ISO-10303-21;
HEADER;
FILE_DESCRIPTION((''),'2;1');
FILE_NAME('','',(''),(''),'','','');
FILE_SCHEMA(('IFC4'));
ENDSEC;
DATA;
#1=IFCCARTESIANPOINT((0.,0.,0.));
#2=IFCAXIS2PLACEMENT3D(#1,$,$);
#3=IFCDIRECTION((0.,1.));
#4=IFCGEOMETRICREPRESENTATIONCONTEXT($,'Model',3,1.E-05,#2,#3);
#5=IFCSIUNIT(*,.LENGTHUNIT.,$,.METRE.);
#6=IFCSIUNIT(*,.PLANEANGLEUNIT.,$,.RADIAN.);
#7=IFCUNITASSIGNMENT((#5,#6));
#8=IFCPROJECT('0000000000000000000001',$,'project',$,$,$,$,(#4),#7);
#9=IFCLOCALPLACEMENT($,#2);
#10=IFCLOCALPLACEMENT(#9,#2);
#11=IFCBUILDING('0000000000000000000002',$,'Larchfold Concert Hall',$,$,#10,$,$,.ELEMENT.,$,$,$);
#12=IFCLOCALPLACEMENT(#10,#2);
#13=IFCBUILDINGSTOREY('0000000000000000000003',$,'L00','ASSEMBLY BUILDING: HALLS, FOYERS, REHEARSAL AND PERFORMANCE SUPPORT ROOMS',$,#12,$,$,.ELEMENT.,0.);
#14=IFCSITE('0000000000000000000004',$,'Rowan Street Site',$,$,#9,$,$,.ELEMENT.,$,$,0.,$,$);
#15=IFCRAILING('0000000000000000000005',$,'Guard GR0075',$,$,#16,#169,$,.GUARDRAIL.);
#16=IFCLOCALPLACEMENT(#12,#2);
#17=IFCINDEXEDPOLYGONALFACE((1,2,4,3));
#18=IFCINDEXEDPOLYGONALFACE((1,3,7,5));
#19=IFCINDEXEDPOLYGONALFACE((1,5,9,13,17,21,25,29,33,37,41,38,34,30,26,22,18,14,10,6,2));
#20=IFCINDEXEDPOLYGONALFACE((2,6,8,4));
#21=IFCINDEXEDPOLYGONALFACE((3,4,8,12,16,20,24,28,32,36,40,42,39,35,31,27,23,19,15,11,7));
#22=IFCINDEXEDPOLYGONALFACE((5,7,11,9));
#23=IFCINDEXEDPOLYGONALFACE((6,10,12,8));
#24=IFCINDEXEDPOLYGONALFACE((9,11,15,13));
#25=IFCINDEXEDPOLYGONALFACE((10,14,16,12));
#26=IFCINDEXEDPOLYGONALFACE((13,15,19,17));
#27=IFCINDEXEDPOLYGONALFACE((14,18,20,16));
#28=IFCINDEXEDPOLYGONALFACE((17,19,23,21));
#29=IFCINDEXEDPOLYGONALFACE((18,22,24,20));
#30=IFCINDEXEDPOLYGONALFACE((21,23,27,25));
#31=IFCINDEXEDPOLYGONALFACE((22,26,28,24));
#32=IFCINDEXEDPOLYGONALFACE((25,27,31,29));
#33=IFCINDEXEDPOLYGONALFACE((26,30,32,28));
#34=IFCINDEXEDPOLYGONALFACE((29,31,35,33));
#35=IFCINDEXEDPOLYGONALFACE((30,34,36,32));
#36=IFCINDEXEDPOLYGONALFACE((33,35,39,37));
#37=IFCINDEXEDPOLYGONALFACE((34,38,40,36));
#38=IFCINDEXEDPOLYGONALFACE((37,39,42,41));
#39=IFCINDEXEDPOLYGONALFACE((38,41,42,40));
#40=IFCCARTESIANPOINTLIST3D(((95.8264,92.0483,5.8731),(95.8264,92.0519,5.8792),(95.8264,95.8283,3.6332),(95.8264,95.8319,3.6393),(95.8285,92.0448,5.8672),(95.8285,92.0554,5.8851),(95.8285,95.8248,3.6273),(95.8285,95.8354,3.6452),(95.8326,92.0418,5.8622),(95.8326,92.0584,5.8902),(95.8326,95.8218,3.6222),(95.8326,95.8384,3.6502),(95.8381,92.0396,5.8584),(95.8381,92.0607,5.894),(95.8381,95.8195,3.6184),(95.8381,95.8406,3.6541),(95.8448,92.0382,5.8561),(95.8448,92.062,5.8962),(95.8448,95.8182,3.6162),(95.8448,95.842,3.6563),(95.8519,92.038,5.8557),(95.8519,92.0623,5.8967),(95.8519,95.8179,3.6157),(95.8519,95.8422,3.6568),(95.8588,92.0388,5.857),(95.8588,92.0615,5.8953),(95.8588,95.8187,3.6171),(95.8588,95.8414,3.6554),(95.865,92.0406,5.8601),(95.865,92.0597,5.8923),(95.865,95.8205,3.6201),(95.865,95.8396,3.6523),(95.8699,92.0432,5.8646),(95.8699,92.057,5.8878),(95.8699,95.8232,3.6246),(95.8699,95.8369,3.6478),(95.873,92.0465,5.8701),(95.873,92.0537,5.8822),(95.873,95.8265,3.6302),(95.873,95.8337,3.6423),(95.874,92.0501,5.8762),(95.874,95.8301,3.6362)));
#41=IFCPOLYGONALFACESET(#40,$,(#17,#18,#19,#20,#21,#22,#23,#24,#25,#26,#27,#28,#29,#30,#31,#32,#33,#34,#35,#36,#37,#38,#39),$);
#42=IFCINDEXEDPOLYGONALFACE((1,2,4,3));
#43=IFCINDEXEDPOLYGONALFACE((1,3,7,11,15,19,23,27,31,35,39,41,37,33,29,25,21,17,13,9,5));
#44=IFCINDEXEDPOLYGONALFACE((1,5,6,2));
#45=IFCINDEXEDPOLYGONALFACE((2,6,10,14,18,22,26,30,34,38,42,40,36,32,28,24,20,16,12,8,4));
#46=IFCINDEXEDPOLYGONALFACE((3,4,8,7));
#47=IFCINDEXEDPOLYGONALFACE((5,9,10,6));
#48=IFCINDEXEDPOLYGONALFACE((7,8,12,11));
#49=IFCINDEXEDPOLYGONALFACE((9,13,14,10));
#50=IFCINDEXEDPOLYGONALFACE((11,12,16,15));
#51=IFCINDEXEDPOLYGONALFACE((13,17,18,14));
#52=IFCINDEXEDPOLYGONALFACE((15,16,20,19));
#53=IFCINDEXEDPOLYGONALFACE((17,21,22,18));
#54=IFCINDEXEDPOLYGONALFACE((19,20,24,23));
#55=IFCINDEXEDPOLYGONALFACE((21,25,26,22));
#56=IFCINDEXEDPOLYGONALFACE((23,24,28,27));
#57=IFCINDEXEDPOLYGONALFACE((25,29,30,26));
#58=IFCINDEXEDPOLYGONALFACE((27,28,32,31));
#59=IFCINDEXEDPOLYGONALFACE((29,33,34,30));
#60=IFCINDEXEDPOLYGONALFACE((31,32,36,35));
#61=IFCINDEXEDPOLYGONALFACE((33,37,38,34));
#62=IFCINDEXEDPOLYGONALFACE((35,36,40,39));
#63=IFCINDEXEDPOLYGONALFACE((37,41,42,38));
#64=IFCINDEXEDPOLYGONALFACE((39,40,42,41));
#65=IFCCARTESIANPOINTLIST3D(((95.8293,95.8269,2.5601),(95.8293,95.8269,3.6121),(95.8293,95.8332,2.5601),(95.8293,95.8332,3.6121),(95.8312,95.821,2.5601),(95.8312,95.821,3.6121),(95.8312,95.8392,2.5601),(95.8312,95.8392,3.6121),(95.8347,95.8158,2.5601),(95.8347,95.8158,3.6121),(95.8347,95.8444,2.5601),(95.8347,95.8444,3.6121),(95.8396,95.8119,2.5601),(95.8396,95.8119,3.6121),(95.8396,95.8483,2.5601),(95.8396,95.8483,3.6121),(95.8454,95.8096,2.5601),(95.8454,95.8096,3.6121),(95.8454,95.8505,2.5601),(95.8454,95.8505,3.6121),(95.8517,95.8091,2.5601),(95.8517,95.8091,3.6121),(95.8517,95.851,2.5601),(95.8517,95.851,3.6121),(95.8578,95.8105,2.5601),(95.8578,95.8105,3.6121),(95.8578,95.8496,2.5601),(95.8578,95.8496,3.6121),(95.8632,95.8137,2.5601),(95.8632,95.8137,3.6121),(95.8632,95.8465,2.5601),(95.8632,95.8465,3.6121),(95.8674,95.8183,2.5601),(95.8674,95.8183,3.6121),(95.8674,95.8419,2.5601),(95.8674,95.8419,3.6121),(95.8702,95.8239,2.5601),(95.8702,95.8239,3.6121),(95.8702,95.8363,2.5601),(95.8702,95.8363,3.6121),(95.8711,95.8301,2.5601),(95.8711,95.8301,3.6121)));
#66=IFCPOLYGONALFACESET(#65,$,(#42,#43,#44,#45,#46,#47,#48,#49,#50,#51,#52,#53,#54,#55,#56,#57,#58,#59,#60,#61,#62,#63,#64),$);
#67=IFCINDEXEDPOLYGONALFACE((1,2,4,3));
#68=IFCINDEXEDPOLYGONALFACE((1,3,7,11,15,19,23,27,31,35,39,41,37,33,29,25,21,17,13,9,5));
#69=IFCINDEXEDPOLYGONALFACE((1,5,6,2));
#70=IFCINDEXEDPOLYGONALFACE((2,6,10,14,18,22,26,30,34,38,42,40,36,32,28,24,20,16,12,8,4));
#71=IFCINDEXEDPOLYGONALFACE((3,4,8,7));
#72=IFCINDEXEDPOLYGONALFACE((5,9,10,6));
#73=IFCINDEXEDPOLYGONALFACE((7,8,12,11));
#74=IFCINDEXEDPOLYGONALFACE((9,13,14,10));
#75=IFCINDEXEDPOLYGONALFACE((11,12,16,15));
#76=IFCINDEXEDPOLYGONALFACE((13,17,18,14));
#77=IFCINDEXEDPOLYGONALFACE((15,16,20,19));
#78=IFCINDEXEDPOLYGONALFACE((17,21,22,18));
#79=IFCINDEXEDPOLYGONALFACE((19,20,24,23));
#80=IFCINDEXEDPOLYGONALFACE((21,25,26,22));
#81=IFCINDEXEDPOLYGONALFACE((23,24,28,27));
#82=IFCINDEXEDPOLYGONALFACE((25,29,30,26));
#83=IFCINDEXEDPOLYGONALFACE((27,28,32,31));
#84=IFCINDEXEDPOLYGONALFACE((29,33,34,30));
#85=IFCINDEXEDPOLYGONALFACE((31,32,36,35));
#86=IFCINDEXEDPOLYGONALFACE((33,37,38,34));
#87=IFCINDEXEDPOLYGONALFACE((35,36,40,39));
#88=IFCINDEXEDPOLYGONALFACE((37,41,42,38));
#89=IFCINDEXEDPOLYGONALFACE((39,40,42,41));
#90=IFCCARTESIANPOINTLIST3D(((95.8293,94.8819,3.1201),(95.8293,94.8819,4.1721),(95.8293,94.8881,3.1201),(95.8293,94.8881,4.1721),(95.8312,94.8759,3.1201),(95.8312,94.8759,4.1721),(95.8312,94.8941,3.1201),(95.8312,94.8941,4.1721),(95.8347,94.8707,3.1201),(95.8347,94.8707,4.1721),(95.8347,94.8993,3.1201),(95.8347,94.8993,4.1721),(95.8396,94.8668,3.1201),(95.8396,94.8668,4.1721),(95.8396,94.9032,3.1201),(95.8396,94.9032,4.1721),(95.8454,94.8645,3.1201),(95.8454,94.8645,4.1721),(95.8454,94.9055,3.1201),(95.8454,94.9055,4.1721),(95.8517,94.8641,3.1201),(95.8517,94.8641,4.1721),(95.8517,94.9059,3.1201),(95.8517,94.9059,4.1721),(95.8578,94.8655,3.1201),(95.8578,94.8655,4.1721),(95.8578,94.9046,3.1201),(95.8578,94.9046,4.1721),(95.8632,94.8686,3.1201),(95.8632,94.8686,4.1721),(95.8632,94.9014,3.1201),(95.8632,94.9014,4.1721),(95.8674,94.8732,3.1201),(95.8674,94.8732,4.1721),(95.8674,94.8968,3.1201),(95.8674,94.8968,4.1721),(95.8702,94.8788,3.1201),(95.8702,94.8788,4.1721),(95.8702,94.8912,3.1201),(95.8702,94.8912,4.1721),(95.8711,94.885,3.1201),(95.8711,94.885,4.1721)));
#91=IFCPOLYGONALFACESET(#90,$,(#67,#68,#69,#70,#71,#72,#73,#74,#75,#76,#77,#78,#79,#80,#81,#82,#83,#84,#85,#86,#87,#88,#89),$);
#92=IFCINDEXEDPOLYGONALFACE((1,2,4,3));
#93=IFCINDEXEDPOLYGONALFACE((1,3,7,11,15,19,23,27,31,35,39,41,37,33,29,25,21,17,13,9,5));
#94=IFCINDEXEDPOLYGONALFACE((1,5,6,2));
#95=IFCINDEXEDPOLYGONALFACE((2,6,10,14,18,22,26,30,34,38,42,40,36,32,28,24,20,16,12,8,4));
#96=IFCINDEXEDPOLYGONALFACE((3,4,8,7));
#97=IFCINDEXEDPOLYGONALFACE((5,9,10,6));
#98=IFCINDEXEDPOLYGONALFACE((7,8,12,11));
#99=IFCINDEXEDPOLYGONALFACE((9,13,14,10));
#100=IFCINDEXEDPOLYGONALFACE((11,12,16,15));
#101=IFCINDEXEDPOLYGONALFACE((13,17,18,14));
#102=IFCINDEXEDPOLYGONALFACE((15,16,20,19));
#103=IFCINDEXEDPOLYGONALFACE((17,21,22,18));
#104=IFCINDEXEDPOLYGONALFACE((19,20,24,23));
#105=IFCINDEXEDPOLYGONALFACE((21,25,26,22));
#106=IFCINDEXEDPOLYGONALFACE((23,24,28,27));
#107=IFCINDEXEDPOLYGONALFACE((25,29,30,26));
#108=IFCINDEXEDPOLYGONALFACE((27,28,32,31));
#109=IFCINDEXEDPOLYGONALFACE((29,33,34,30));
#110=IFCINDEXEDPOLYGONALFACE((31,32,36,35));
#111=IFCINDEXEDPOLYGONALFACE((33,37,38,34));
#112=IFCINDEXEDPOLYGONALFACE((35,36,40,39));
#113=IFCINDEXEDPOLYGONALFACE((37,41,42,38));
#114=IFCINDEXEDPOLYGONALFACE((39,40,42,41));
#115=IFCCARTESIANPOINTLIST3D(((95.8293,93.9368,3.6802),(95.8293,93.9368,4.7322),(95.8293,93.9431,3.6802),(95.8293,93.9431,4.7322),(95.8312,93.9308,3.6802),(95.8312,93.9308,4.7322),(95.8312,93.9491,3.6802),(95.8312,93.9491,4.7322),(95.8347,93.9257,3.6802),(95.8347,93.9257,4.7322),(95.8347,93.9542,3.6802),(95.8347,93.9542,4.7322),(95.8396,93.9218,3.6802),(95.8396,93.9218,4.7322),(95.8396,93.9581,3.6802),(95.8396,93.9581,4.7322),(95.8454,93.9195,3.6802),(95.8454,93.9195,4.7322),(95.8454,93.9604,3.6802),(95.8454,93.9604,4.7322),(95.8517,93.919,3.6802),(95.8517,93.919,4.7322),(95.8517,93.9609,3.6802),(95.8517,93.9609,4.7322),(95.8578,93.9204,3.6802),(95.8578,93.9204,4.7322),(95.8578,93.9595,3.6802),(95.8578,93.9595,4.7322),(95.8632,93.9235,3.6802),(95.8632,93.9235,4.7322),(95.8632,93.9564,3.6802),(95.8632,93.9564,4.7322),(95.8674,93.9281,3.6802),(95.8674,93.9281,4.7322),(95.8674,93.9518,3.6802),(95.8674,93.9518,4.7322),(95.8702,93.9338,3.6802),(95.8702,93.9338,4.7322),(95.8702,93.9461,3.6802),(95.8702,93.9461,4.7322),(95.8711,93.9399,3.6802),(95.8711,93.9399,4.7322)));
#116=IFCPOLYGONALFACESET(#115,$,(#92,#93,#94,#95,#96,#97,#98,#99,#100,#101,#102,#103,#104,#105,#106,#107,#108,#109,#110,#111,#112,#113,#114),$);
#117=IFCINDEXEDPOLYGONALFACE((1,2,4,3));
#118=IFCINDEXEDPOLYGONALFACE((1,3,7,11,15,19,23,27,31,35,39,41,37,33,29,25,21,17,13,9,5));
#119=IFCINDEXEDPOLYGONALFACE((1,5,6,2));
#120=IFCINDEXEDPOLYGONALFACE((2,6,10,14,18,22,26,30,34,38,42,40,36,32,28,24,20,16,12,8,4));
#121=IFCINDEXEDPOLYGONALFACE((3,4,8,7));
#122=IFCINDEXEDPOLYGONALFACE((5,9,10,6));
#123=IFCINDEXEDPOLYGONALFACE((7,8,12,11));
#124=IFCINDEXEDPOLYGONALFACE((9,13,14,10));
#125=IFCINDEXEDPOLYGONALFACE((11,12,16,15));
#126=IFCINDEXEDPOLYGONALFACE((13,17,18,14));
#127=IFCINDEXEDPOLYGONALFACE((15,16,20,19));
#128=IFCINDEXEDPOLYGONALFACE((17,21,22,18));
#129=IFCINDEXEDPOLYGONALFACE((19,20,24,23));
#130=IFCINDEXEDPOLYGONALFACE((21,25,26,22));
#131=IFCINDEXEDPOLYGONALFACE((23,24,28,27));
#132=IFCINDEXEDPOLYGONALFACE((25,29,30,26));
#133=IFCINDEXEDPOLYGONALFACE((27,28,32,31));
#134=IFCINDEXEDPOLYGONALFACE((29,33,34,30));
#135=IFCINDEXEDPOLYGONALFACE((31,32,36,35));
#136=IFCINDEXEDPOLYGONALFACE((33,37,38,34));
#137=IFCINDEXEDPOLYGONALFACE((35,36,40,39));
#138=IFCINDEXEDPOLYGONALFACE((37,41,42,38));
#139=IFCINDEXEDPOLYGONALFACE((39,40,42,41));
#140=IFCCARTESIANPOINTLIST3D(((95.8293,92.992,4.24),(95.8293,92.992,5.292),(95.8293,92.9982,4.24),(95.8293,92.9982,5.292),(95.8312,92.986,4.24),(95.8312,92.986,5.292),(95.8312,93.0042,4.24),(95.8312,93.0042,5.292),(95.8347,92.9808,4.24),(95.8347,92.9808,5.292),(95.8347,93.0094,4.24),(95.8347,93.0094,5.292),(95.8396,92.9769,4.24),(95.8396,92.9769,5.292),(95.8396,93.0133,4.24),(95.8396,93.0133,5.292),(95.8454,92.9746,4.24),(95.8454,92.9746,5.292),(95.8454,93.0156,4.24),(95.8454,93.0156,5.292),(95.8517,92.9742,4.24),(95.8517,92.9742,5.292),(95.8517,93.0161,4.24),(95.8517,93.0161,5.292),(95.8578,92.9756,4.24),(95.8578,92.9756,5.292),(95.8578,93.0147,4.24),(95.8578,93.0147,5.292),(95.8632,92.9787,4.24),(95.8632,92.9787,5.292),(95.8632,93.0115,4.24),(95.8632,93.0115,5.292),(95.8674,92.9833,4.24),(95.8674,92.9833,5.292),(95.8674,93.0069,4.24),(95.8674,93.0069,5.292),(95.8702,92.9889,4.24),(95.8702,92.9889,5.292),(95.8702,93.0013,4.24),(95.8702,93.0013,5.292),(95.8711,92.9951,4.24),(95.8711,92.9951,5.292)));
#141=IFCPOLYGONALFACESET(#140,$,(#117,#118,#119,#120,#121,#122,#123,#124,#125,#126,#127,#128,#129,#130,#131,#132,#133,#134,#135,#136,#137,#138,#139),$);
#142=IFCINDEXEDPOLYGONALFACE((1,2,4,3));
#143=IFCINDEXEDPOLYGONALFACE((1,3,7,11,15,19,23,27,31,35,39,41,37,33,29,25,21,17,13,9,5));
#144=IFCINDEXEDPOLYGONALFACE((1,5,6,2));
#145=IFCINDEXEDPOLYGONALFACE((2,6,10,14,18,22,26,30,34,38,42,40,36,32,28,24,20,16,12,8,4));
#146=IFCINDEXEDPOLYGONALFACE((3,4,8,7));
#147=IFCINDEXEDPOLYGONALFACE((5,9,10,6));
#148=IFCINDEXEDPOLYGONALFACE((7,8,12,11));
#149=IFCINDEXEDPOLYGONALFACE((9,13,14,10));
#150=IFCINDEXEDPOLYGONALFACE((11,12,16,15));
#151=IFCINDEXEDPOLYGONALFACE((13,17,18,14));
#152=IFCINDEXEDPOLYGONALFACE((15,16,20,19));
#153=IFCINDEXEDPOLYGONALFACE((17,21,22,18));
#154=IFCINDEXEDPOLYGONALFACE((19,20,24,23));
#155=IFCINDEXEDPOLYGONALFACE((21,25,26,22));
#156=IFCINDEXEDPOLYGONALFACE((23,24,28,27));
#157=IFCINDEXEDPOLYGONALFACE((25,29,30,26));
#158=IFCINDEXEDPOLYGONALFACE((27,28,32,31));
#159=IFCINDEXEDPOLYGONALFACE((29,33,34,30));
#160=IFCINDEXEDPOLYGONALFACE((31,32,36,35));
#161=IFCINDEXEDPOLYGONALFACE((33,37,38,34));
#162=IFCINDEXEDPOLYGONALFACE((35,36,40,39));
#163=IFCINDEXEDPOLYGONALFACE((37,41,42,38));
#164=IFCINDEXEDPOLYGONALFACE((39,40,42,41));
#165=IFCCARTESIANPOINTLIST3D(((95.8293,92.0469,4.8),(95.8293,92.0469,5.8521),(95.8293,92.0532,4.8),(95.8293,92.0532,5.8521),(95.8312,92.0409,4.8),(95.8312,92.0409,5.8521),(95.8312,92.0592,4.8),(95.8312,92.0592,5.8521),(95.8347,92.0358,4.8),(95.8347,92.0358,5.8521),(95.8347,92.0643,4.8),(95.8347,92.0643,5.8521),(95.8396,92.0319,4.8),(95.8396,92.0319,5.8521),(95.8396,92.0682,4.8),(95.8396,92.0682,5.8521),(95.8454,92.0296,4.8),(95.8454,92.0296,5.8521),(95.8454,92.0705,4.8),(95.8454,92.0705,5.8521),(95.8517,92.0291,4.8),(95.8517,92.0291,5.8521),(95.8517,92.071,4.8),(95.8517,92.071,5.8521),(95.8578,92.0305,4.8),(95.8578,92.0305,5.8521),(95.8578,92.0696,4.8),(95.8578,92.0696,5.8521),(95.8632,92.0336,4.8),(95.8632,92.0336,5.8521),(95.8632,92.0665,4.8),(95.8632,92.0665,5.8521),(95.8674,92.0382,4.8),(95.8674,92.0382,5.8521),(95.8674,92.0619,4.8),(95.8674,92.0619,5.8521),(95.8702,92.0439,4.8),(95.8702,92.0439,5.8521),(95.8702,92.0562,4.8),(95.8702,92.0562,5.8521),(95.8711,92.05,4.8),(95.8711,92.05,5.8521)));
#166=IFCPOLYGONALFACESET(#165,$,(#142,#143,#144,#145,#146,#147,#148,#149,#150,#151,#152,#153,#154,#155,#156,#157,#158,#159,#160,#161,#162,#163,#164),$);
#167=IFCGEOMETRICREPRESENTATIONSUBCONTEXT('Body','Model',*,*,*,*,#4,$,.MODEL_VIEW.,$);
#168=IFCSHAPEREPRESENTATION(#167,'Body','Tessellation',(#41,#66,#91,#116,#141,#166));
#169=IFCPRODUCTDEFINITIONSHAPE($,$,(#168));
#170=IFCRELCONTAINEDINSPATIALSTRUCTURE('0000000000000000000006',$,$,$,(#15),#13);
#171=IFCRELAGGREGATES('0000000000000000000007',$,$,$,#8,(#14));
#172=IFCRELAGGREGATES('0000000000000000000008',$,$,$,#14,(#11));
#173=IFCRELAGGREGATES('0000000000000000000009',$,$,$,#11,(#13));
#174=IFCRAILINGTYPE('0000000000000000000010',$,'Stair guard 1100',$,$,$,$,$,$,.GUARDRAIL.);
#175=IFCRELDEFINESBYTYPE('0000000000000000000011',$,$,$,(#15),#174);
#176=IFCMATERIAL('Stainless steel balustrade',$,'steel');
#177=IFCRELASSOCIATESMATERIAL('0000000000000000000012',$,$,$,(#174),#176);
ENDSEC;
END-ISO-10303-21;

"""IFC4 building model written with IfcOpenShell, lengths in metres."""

from ifc_helpers import new_model, si_unit, direction, frame, origin, origin_2d, place, context, subcontext, project, spatial, circle, extrude, material, type_object, element, save


model = new_model("IFC4")

# Units and contexts
model_context = context("Model", 3, precision=1e-05, world=origin(), true_north=direction((0.0, 1.0)))
body_context = subcontext(model_context, "Body", "Model", "MODEL_VIEW")
ifc_project = project(units=[si_unit("LENGTHUNIT", "METRE"), si_unit("PLANEANGLEUNIT", "RADIAN")], contexts=[model_context])

# Site, building, storey
site_placement = place(None, origin())
site = spatial("IfcSite", under=ifc_project, at=site_placement, Name="Rowan Street Site", CompositionType="ELEMENT", RefElevation=0.0)
building_placement = place(site_placement, origin())
building = spatial("IfcBuilding", under=site, at=building_placement, Name="Larchfold Concert Hall", CompositionType="ELEMENT")
storey_placement = place(building_placement, origin())
storey = spatial("IfcBuildingStorey", under=building, at=storey_placement, Name="L00", Description="ASSEMBLY BUILDING: HALLS, FOYERS, REHEARSAL AND PERFORMANCE SUPPORT ROOMS", CompositionType="ELEMENT", Elevation=0.0)

# Railing
ifc_material_1 = material(Name="Stainless steel balustrade", Category="steel")
railing_type_1 = type_object("IfcRailingType", Name="Stair guard 1100", PredefinedType="GUARDRAIL", material=ifc_material_1)
railing_1_placement = place(storey_placement, frame((95.8501, 95.8301, 2.5601)))
element("IfcRailing", 1, at=railing_1_placement, inside=storey, type_object=railing_type_1, Name="Guard GR0075", PredefinedType="GUARDRAIL", context=body_context, shape_type="SweptSolid", body=[
    extrude(circle(Radius=0.0239, at=origin_2d()), frame((0.0, 0.0, 1.0762), z_axis=(0.0, -0.860294, 0.509798), x_axis=(1.0, 0.0, 0.0)), (0.0, 0.0, 1.0), 4.3938),
    extrude(circle(Radius=0.021, at=origin_2d()), origin(), (0.0, 0.0, 1.0), 1.052),
    extrude(circle(Radius=0.021, at=origin_2d()), frame((0.0, -0.9451, 0.5601)), (0.0, 0.0, 1.0), 1.052),
    extrude(circle(Radius=0.021, at=origin_2d()), frame((0.0, -1.8901, 1.1201)), (0.0, 0.0, 1.0), 1.052),
    extrude(circle(Radius=0.021, at=origin_2d()), frame((0.0, -2.835, 1.6799)), (0.0, 0.0, 1.0), 1.052),
    extrude(circle(Radius=0.021, at=origin_2d()), frame((0.0, -3.78, 2.24)), (0.0, 0.0, 1.0), 1.052),
])

save(model, "model.ifc")
